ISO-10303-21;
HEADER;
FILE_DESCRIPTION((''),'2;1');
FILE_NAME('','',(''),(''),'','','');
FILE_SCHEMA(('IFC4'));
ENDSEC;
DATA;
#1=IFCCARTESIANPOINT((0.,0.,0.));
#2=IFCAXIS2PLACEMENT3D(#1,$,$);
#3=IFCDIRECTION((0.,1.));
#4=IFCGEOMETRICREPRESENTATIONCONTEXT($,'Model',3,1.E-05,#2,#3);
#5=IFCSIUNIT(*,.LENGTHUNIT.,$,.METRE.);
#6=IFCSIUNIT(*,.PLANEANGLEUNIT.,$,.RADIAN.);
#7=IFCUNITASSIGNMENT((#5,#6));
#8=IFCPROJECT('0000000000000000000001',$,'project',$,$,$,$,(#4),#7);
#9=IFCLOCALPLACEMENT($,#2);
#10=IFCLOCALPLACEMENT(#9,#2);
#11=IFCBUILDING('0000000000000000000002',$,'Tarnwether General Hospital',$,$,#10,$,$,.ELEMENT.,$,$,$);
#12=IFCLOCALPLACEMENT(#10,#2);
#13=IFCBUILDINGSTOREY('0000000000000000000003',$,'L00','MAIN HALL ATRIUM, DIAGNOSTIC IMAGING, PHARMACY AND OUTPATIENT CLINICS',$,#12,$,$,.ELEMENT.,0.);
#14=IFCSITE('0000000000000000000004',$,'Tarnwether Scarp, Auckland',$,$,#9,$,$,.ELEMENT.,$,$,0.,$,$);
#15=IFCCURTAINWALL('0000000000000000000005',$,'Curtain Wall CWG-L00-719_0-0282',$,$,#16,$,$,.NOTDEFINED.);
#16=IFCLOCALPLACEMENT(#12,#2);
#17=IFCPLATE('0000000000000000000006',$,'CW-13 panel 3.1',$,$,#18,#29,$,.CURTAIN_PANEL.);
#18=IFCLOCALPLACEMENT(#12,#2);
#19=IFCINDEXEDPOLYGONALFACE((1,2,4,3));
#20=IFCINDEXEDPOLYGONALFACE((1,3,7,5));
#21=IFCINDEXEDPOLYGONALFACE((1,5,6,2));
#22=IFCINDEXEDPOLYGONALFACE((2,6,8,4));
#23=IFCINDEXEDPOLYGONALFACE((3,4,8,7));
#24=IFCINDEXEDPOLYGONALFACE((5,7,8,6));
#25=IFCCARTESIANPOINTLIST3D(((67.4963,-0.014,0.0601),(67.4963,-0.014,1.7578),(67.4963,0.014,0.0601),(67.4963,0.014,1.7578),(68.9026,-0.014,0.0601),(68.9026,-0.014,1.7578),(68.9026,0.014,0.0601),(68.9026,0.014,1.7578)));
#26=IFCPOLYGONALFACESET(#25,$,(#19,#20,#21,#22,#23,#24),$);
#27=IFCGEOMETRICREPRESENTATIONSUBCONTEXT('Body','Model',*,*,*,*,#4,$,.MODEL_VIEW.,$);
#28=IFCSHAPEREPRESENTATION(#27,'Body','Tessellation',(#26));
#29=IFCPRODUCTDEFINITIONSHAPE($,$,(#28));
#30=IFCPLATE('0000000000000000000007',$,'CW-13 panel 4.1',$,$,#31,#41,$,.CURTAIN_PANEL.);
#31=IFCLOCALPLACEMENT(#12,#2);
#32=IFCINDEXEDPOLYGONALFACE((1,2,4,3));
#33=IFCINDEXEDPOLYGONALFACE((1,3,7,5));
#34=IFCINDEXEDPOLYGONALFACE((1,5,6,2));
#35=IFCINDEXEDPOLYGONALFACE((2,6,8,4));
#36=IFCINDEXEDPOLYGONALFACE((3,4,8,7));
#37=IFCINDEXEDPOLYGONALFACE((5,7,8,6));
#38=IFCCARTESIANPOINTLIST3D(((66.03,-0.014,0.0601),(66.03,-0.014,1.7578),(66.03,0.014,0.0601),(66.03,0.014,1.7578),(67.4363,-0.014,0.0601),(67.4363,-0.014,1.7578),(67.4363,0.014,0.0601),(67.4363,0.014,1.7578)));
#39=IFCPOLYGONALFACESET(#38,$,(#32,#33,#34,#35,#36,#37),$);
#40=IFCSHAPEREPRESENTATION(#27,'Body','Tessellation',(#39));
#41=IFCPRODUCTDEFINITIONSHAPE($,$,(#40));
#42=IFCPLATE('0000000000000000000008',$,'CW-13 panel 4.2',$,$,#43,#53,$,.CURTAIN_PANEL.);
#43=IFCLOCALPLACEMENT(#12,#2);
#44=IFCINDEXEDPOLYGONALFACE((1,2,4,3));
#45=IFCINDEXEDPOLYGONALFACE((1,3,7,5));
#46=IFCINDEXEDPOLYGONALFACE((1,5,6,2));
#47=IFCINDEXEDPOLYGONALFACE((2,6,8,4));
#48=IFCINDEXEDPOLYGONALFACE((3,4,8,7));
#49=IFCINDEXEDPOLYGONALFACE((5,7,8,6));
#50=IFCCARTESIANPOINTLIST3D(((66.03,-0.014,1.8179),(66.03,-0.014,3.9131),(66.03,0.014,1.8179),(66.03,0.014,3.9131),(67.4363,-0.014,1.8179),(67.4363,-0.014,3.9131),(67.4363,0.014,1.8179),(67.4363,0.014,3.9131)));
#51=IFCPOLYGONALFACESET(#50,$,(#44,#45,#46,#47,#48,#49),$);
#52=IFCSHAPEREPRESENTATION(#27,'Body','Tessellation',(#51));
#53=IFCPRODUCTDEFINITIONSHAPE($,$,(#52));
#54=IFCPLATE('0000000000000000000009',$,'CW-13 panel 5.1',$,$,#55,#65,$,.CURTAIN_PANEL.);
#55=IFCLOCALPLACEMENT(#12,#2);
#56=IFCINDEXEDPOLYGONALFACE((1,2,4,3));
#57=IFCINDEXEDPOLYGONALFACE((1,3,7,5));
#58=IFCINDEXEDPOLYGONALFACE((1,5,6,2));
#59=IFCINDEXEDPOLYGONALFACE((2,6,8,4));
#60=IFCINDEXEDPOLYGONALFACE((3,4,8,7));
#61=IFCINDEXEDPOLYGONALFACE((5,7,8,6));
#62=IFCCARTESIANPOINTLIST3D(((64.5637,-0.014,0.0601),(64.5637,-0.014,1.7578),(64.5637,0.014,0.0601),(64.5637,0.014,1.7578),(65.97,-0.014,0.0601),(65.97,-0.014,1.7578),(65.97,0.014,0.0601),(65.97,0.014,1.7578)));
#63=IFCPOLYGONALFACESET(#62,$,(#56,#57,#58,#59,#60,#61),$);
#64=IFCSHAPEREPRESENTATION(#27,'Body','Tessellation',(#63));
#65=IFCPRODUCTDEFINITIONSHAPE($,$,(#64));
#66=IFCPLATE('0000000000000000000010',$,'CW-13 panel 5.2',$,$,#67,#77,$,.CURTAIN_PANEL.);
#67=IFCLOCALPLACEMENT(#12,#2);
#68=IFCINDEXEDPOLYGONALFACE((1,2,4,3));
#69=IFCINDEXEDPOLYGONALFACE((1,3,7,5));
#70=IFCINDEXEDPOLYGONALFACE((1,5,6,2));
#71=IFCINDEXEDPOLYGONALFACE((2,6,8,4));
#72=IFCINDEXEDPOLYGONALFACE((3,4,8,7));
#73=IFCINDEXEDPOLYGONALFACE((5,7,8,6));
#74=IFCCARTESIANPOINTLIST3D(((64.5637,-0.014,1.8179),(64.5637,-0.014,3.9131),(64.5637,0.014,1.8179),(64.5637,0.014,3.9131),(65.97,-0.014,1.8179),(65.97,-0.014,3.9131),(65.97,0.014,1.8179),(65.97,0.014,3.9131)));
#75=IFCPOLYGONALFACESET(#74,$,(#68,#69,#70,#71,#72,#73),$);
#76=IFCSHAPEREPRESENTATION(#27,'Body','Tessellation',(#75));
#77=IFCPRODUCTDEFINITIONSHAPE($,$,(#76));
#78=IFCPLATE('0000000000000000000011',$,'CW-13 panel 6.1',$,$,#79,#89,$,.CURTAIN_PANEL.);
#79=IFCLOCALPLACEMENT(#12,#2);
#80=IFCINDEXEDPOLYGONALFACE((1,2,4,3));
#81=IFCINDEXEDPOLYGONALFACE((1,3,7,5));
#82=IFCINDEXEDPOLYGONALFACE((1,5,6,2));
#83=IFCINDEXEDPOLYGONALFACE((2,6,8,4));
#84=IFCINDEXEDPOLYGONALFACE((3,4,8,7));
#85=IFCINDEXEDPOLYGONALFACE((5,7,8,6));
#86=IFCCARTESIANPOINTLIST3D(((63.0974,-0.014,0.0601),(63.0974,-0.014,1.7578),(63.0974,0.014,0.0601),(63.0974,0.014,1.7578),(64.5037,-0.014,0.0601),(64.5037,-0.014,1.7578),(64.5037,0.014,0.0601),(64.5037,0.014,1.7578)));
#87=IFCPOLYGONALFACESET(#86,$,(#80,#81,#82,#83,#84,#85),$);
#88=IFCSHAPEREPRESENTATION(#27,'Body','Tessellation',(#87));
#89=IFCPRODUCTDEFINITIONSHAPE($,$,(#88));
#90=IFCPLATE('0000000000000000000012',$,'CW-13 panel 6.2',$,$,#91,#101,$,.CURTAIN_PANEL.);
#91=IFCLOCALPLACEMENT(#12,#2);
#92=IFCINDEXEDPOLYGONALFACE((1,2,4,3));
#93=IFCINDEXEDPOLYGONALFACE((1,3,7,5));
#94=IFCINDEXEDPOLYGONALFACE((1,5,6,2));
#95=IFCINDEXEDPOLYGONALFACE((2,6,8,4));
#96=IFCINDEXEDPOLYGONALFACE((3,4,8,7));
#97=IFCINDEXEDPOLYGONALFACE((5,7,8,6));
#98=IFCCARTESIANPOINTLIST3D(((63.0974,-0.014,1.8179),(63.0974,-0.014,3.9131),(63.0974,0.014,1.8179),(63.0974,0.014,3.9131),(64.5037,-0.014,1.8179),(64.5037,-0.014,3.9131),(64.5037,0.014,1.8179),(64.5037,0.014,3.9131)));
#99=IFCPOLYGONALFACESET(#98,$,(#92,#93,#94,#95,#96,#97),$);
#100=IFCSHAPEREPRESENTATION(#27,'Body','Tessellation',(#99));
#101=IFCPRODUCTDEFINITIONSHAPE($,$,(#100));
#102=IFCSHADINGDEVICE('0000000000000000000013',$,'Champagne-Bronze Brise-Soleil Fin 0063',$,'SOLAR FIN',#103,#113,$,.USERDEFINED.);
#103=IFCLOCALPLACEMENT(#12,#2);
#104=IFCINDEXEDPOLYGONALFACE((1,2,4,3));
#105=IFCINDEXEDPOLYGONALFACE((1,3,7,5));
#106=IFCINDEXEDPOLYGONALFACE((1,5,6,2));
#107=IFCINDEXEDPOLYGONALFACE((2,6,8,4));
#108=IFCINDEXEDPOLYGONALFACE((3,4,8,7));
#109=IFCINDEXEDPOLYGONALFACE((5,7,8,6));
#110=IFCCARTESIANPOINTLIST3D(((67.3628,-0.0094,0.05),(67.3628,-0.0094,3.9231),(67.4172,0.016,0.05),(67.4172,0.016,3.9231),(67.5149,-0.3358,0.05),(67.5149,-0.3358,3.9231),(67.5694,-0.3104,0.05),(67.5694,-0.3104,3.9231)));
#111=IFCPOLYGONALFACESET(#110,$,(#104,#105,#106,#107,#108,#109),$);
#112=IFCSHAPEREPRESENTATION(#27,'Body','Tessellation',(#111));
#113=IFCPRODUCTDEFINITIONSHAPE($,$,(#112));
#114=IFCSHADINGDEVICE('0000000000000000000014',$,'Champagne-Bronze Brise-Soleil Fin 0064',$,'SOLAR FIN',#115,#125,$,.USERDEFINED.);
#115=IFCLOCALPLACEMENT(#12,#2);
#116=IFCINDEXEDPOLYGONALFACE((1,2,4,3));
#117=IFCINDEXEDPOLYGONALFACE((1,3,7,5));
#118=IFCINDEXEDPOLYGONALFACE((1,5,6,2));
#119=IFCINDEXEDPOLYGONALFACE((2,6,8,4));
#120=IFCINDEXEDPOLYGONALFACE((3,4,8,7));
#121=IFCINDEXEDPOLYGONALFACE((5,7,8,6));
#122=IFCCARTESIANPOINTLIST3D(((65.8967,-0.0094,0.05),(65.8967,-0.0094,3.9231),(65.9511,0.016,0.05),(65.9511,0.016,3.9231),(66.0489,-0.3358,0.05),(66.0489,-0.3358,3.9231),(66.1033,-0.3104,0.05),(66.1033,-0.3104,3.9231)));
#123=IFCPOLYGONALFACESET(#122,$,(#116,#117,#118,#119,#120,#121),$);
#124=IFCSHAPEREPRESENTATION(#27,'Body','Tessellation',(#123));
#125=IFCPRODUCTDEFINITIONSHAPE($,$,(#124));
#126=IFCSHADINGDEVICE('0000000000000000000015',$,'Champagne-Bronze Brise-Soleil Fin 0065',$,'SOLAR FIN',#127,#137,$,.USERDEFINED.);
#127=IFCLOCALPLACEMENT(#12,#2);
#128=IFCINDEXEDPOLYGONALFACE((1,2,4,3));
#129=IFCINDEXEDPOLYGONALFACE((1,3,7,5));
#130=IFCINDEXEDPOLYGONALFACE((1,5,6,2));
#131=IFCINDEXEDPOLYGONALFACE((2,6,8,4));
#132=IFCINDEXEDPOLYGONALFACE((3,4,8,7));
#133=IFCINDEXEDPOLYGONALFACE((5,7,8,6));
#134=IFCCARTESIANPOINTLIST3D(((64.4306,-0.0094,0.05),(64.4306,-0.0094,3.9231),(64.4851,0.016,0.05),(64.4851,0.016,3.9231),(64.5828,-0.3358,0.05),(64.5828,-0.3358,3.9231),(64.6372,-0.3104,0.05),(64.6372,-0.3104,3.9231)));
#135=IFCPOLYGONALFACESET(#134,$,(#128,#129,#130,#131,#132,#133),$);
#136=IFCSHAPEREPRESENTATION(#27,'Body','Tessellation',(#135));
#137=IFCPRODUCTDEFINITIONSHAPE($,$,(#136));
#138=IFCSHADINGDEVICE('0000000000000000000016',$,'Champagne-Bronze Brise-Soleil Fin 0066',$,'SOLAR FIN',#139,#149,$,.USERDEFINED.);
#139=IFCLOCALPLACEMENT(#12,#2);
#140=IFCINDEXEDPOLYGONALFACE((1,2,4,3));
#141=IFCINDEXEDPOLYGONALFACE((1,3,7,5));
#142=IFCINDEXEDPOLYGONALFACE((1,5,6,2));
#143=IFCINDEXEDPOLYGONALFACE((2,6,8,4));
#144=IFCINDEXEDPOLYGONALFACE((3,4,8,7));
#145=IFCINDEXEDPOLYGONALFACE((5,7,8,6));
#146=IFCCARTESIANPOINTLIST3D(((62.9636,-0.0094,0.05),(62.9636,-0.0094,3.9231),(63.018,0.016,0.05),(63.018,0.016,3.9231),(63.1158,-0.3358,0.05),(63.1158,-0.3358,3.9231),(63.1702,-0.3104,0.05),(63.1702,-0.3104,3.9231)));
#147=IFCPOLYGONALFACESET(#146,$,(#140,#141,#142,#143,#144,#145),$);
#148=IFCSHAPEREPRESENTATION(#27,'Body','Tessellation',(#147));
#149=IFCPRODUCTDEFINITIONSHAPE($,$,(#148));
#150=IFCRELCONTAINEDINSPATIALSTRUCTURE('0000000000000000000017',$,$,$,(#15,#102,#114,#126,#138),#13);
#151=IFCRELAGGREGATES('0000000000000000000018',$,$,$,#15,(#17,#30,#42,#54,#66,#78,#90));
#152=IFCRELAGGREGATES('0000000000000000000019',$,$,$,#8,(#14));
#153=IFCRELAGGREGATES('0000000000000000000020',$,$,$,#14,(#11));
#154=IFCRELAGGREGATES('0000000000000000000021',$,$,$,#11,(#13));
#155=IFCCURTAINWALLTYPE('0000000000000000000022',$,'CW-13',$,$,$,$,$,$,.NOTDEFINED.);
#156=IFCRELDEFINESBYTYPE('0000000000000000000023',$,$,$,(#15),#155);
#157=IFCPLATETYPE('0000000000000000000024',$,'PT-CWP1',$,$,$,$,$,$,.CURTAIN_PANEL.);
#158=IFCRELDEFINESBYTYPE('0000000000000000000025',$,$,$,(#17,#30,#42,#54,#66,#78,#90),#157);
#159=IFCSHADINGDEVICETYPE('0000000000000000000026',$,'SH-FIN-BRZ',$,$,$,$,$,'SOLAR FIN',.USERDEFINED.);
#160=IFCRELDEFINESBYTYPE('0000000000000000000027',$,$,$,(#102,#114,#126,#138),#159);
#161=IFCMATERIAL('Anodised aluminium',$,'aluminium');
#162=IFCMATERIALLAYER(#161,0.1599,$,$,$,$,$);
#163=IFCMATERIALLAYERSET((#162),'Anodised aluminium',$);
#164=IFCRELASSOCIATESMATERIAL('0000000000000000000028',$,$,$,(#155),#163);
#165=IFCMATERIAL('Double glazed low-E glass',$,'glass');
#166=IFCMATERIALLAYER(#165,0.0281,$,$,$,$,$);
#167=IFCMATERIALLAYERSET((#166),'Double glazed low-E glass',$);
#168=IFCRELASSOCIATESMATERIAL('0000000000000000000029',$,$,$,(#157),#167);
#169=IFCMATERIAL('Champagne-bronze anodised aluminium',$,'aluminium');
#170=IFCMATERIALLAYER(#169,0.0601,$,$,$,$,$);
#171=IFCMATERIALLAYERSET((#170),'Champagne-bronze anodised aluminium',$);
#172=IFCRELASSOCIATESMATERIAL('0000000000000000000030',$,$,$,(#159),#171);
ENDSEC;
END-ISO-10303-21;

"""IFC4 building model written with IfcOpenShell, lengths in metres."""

from ifc_helpers import new_model, si_unit, direction, frame, origin, origin_2d, place, context, subcontext, project, spatial, rectangle, extrude, material, layer, layer_set, type_object, element, aggregate, save


model = new_model("IFC4")

# Units and contexts
model_context = context("Model", 3, precision=1e-05, world=origin(), true_north=direction((0.0, 1.0)))
body_context = subcontext(model_context, "Body", "Model", "MODEL_VIEW")
ifc_project = project(units=[si_unit("LENGTHUNIT", "METRE"), si_unit("PLANEANGLEUNIT", "RADIAN")], contexts=[model_context])

# Site, building, storey
site_placement = place(None, origin())
site = spatial("IfcSite", under=ifc_project, at=site_placement, Name="Tarnwether Scarp, Auckland", CompositionType="ELEMENT", RefElevation=0.0)
building_placement = place(site_placement, origin())
building = spatial("IfcBuilding", under=site, at=building_placement, Name="Tarnwether General Hospital", CompositionType="ELEMENT")
storey_placement = place(building_placement, origin())
storey = spatial("IfcBuildingStorey", under=building, at=storey_placement, Name="L00", Description="MAIN HALL ATRIUM, DIAGNOSTIC IMAGING, PHARMACY AND OUTPATIENT CLINICS", CompositionType="ELEMENT", Elevation=0.0)

# Curtain wall, plates
ifc_material_1 = material(Name="Anodised aluminium", Category="aluminium")
ifc_layer_1 = layer(ifc_material_1, 0.1599)
ifc_layer_set_1 = layer_set([ifc_layer_1], Name="Anodised aluminium")
curtain_wall_type = type_object("IfcCurtainWallType", Name="CW-13", PredefinedType="NOTDEFINED", material=ifc_layer_set_1)
curtain_wall_placement = place(storey_placement, origin())
curtain_wall = element("IfcCurtainWall", 1, at=curtain_wall_placement, inside=storey, type_object=curtain_wall_type, Name="Curtain Wall CWG-L00-719_0-0282", PredefinedType="NOTDEFINED")
ifc_material_2 = material(Name="Double glazed low-E glass", Category="glass")
ifc_layer_2 = layer(ifc_material_2, 0.0281)
ifc_layer_set_2 = layer_set([ifc_layer_2], Name="Double glazed low-E glass")
plate_type = type_object("IfcPlateType", Name="PT-CWP1", PredefinedType="CURTAIN_PANEL", material=ifc_layer_set_2)
plate_1_placement = place(storey_placement, frame((68.1995, 0.0, 0.0601), z_axis=(0.0, 0.0, 1.0), x_axis=(-1.0, 0.0, 0.0)))
plate_1 = element("IfcPlate", 2, at=plate_1_placement, type_object=plate_type, Name="CW-13 panel 3.1", PredefinedType="CURTAIN_PANEL", context=body_context, shape_type="SweptSolid", body=[
    extrude(rectangle(XDim=1.4062, YDim=0.0281, at=origin_2d()), origin(), (0.0, 0.0, 1.0), 1.6978),
])
plate_2_placement = place(storey_placement, frame((66.7332, 0.0, 0.0601), z_axis=(0.0, 0.0, 1.0), x_axis=(-1.0, 0.0, 0.0)))
plate_2 = element("IfcPlate", 3, at=plate_2_placement, type_object=plate_type, Name="CW-13 panel 4.1", PredefinedType="CURTAIN_PANEL", context=body_context, shape_type="SweptSolid", body=[
    extrude(rectangle(XDim=1.4062, YDim=0.0281, at=origin_2d()), origin(), (0.0, 0.0, 1.0), 1.6978),
])
plate_3_placement = place(storey_placement, frame((66.7332, 0.0, 1.8179), z_axis=(0.0, 0.0, 1.0), x_axis=(-1.0, 0.0, 0.0)))
plate_3 = element("IfcPlate", 4, at=plate_3_placement, type_object=plate_type, Name="CW-13 panel 4.2", PredefinedType="CURTAIN_PANEL", context=body_context, shape_type="SweptSolid", body=[
    extrude(rectangle(XDim=1.4062, YDim=0.0281, at=origin_2d()), origin(), (0.0, 0.0, 1.0), 2.0952),
])
plate_4_placement = place(storey_placement, frame((65.2668, 0.0, 0.0601), z_axis=(0.0, 0.0, 1.0), x_axis=(-1.0, 0.0, 0.0)))
plate_4 = element("IfcPlate", 5, at=plate_4_placement, type_object=plate_type, Name="CW-13 panel 5.1", PredefinedType="CURTAIN_PANEL", context=body_context, shape_type="SweptSolid", body=[
    extrude(rectangle(XDim=1.4062, YDim=0.0281, at=origin_2d()), origin(), (0.0, 0.0, 1.0), 1.6978),
])
plate_5_placement = place(storey_placement, frame((65.2668, 0.0, 1.8179), z_axis=(0.0, 0.0, 1.0), x_axis=(-1.0, 0.0, 0.0)))
plate_5 = element("IfcPlate", 6, at=plate_5_placement, type_object=plate_type, Name="CW-13 panel 5.2", PredefinedType="CURTAIN_PANEL", context=body_context, shape_type="SweptSolid", body=[
    extrude(rectangle(XDim=1.4062, YDim=0.0281, at=origin_2d()), origin(), (0.0, 0.0, 1.0), 2.0952),
])
plate_6_placement = place(storey_placement, frame((63.8005, 0.0, 0.0601), z_axis=(0.0, 0.0, 1.0), x_axis=(-1.0, 0.0, 0.0)))
plate_6 = element("IfcPlate", 7, at=plate_6_placement, type_object=plate_type, Name="CW-13 panel 6.1", PredefinedType="CURTAIN_PANEL", context=body_context, shape_type="SweptSolid", body=[
    extrude(rectangle(XDim=1.4062, YDim=0.0281, at=origin_2d()), origin(), (0.0, 0.0, 1.0), 1.6978),
])
plate_7_placement = place(storey_placement, frame((63.8005, 0.0, 1.8179), z_axis=(0.0, 0.0, 1.0), x_axis=(-1.0, 0.0, 0.0)))
plate_7 = element("IfcPlate", 8, at=plate_7_placement, type_object=plate_type, Name="CW-13 panel 6.2", PredefinedType="CURTAIN_PANEL", context=body_context, shape_type="SweptSolid", body=[
    extrude(rectangle(XDim=1.4062, YDim=0.0281, at=origin_2d()), origin(), (0.0, 0.0, 1.0), 2.0952),
])
aggregate(curtain_wall, [plate_1, plate_2, plate_3, plate_4, plate_5, plate_6, plate_7])

# Shading devices
ifc_material_3 = material(Name="Champagne-bronze anodised aluminium", Category="aluminium")
ifc_layer_3 = layer(ifc_material_3, 0.0601)
ifc_layer_set_3 = layer_set([ifc_layer_3], Name="Champagne-bronze anodised aluminium")
shading_device_type = type_object("IfcShadingDeviceType", Name="SH-FIN-BRZ", ElementType="SOLAR FIN", PredefinedType="USERDEFINED", material=ifc_layer_set_3)
for number, where, z_axis, x_axis, name in (
    (9, (67.4661, -0.1599, 0.05), (0.0, 0.0, 1.0), (-0.906308, -0.422618, 0.0), "Champagne-Bronze Brise-Soleil Fin 0063"),
    (10, (66.0, -0.1599, 0.05), (0.0, 0.0, 1.0), (-0.906308, -0.422618, 0.0), "Champagne-Bronze Brise-Soleil Fin 0064"),
    (11, (64.5339, -0.1599, 0.05), (0.0, 0.0, 1.0), (-0.906308, -0.422618, 0.0), "Champagne-Bronze Brise-Soleil Fin 0065"),
    (12, (63.0669, -0.1599, 0.05), (0.0, 0.0, 1.0), (-0.906308, -0.422618, 0.0), "Champagne-Bronze Brise-Soleil Fin 0066"),
):
    element("IfcShadingDevice", number, at=place(storey_placement, frame(where, z_axis=z_axis, x_axis=x_axis)), inside=storey, type_object=shading_device_type, Name=name, ObjectType="SOLAR FIN", PredefinedType="USERDEFINED", context=body_context, shape_type="SweptSolid", body=[
        extrude(rectangle(XDim=0.0601, YDim=0.3601, at=origin_2d()), origin(), (0.0, 0.0, 1.0), 3.873),
    ])

save(model, "model.ifc")
